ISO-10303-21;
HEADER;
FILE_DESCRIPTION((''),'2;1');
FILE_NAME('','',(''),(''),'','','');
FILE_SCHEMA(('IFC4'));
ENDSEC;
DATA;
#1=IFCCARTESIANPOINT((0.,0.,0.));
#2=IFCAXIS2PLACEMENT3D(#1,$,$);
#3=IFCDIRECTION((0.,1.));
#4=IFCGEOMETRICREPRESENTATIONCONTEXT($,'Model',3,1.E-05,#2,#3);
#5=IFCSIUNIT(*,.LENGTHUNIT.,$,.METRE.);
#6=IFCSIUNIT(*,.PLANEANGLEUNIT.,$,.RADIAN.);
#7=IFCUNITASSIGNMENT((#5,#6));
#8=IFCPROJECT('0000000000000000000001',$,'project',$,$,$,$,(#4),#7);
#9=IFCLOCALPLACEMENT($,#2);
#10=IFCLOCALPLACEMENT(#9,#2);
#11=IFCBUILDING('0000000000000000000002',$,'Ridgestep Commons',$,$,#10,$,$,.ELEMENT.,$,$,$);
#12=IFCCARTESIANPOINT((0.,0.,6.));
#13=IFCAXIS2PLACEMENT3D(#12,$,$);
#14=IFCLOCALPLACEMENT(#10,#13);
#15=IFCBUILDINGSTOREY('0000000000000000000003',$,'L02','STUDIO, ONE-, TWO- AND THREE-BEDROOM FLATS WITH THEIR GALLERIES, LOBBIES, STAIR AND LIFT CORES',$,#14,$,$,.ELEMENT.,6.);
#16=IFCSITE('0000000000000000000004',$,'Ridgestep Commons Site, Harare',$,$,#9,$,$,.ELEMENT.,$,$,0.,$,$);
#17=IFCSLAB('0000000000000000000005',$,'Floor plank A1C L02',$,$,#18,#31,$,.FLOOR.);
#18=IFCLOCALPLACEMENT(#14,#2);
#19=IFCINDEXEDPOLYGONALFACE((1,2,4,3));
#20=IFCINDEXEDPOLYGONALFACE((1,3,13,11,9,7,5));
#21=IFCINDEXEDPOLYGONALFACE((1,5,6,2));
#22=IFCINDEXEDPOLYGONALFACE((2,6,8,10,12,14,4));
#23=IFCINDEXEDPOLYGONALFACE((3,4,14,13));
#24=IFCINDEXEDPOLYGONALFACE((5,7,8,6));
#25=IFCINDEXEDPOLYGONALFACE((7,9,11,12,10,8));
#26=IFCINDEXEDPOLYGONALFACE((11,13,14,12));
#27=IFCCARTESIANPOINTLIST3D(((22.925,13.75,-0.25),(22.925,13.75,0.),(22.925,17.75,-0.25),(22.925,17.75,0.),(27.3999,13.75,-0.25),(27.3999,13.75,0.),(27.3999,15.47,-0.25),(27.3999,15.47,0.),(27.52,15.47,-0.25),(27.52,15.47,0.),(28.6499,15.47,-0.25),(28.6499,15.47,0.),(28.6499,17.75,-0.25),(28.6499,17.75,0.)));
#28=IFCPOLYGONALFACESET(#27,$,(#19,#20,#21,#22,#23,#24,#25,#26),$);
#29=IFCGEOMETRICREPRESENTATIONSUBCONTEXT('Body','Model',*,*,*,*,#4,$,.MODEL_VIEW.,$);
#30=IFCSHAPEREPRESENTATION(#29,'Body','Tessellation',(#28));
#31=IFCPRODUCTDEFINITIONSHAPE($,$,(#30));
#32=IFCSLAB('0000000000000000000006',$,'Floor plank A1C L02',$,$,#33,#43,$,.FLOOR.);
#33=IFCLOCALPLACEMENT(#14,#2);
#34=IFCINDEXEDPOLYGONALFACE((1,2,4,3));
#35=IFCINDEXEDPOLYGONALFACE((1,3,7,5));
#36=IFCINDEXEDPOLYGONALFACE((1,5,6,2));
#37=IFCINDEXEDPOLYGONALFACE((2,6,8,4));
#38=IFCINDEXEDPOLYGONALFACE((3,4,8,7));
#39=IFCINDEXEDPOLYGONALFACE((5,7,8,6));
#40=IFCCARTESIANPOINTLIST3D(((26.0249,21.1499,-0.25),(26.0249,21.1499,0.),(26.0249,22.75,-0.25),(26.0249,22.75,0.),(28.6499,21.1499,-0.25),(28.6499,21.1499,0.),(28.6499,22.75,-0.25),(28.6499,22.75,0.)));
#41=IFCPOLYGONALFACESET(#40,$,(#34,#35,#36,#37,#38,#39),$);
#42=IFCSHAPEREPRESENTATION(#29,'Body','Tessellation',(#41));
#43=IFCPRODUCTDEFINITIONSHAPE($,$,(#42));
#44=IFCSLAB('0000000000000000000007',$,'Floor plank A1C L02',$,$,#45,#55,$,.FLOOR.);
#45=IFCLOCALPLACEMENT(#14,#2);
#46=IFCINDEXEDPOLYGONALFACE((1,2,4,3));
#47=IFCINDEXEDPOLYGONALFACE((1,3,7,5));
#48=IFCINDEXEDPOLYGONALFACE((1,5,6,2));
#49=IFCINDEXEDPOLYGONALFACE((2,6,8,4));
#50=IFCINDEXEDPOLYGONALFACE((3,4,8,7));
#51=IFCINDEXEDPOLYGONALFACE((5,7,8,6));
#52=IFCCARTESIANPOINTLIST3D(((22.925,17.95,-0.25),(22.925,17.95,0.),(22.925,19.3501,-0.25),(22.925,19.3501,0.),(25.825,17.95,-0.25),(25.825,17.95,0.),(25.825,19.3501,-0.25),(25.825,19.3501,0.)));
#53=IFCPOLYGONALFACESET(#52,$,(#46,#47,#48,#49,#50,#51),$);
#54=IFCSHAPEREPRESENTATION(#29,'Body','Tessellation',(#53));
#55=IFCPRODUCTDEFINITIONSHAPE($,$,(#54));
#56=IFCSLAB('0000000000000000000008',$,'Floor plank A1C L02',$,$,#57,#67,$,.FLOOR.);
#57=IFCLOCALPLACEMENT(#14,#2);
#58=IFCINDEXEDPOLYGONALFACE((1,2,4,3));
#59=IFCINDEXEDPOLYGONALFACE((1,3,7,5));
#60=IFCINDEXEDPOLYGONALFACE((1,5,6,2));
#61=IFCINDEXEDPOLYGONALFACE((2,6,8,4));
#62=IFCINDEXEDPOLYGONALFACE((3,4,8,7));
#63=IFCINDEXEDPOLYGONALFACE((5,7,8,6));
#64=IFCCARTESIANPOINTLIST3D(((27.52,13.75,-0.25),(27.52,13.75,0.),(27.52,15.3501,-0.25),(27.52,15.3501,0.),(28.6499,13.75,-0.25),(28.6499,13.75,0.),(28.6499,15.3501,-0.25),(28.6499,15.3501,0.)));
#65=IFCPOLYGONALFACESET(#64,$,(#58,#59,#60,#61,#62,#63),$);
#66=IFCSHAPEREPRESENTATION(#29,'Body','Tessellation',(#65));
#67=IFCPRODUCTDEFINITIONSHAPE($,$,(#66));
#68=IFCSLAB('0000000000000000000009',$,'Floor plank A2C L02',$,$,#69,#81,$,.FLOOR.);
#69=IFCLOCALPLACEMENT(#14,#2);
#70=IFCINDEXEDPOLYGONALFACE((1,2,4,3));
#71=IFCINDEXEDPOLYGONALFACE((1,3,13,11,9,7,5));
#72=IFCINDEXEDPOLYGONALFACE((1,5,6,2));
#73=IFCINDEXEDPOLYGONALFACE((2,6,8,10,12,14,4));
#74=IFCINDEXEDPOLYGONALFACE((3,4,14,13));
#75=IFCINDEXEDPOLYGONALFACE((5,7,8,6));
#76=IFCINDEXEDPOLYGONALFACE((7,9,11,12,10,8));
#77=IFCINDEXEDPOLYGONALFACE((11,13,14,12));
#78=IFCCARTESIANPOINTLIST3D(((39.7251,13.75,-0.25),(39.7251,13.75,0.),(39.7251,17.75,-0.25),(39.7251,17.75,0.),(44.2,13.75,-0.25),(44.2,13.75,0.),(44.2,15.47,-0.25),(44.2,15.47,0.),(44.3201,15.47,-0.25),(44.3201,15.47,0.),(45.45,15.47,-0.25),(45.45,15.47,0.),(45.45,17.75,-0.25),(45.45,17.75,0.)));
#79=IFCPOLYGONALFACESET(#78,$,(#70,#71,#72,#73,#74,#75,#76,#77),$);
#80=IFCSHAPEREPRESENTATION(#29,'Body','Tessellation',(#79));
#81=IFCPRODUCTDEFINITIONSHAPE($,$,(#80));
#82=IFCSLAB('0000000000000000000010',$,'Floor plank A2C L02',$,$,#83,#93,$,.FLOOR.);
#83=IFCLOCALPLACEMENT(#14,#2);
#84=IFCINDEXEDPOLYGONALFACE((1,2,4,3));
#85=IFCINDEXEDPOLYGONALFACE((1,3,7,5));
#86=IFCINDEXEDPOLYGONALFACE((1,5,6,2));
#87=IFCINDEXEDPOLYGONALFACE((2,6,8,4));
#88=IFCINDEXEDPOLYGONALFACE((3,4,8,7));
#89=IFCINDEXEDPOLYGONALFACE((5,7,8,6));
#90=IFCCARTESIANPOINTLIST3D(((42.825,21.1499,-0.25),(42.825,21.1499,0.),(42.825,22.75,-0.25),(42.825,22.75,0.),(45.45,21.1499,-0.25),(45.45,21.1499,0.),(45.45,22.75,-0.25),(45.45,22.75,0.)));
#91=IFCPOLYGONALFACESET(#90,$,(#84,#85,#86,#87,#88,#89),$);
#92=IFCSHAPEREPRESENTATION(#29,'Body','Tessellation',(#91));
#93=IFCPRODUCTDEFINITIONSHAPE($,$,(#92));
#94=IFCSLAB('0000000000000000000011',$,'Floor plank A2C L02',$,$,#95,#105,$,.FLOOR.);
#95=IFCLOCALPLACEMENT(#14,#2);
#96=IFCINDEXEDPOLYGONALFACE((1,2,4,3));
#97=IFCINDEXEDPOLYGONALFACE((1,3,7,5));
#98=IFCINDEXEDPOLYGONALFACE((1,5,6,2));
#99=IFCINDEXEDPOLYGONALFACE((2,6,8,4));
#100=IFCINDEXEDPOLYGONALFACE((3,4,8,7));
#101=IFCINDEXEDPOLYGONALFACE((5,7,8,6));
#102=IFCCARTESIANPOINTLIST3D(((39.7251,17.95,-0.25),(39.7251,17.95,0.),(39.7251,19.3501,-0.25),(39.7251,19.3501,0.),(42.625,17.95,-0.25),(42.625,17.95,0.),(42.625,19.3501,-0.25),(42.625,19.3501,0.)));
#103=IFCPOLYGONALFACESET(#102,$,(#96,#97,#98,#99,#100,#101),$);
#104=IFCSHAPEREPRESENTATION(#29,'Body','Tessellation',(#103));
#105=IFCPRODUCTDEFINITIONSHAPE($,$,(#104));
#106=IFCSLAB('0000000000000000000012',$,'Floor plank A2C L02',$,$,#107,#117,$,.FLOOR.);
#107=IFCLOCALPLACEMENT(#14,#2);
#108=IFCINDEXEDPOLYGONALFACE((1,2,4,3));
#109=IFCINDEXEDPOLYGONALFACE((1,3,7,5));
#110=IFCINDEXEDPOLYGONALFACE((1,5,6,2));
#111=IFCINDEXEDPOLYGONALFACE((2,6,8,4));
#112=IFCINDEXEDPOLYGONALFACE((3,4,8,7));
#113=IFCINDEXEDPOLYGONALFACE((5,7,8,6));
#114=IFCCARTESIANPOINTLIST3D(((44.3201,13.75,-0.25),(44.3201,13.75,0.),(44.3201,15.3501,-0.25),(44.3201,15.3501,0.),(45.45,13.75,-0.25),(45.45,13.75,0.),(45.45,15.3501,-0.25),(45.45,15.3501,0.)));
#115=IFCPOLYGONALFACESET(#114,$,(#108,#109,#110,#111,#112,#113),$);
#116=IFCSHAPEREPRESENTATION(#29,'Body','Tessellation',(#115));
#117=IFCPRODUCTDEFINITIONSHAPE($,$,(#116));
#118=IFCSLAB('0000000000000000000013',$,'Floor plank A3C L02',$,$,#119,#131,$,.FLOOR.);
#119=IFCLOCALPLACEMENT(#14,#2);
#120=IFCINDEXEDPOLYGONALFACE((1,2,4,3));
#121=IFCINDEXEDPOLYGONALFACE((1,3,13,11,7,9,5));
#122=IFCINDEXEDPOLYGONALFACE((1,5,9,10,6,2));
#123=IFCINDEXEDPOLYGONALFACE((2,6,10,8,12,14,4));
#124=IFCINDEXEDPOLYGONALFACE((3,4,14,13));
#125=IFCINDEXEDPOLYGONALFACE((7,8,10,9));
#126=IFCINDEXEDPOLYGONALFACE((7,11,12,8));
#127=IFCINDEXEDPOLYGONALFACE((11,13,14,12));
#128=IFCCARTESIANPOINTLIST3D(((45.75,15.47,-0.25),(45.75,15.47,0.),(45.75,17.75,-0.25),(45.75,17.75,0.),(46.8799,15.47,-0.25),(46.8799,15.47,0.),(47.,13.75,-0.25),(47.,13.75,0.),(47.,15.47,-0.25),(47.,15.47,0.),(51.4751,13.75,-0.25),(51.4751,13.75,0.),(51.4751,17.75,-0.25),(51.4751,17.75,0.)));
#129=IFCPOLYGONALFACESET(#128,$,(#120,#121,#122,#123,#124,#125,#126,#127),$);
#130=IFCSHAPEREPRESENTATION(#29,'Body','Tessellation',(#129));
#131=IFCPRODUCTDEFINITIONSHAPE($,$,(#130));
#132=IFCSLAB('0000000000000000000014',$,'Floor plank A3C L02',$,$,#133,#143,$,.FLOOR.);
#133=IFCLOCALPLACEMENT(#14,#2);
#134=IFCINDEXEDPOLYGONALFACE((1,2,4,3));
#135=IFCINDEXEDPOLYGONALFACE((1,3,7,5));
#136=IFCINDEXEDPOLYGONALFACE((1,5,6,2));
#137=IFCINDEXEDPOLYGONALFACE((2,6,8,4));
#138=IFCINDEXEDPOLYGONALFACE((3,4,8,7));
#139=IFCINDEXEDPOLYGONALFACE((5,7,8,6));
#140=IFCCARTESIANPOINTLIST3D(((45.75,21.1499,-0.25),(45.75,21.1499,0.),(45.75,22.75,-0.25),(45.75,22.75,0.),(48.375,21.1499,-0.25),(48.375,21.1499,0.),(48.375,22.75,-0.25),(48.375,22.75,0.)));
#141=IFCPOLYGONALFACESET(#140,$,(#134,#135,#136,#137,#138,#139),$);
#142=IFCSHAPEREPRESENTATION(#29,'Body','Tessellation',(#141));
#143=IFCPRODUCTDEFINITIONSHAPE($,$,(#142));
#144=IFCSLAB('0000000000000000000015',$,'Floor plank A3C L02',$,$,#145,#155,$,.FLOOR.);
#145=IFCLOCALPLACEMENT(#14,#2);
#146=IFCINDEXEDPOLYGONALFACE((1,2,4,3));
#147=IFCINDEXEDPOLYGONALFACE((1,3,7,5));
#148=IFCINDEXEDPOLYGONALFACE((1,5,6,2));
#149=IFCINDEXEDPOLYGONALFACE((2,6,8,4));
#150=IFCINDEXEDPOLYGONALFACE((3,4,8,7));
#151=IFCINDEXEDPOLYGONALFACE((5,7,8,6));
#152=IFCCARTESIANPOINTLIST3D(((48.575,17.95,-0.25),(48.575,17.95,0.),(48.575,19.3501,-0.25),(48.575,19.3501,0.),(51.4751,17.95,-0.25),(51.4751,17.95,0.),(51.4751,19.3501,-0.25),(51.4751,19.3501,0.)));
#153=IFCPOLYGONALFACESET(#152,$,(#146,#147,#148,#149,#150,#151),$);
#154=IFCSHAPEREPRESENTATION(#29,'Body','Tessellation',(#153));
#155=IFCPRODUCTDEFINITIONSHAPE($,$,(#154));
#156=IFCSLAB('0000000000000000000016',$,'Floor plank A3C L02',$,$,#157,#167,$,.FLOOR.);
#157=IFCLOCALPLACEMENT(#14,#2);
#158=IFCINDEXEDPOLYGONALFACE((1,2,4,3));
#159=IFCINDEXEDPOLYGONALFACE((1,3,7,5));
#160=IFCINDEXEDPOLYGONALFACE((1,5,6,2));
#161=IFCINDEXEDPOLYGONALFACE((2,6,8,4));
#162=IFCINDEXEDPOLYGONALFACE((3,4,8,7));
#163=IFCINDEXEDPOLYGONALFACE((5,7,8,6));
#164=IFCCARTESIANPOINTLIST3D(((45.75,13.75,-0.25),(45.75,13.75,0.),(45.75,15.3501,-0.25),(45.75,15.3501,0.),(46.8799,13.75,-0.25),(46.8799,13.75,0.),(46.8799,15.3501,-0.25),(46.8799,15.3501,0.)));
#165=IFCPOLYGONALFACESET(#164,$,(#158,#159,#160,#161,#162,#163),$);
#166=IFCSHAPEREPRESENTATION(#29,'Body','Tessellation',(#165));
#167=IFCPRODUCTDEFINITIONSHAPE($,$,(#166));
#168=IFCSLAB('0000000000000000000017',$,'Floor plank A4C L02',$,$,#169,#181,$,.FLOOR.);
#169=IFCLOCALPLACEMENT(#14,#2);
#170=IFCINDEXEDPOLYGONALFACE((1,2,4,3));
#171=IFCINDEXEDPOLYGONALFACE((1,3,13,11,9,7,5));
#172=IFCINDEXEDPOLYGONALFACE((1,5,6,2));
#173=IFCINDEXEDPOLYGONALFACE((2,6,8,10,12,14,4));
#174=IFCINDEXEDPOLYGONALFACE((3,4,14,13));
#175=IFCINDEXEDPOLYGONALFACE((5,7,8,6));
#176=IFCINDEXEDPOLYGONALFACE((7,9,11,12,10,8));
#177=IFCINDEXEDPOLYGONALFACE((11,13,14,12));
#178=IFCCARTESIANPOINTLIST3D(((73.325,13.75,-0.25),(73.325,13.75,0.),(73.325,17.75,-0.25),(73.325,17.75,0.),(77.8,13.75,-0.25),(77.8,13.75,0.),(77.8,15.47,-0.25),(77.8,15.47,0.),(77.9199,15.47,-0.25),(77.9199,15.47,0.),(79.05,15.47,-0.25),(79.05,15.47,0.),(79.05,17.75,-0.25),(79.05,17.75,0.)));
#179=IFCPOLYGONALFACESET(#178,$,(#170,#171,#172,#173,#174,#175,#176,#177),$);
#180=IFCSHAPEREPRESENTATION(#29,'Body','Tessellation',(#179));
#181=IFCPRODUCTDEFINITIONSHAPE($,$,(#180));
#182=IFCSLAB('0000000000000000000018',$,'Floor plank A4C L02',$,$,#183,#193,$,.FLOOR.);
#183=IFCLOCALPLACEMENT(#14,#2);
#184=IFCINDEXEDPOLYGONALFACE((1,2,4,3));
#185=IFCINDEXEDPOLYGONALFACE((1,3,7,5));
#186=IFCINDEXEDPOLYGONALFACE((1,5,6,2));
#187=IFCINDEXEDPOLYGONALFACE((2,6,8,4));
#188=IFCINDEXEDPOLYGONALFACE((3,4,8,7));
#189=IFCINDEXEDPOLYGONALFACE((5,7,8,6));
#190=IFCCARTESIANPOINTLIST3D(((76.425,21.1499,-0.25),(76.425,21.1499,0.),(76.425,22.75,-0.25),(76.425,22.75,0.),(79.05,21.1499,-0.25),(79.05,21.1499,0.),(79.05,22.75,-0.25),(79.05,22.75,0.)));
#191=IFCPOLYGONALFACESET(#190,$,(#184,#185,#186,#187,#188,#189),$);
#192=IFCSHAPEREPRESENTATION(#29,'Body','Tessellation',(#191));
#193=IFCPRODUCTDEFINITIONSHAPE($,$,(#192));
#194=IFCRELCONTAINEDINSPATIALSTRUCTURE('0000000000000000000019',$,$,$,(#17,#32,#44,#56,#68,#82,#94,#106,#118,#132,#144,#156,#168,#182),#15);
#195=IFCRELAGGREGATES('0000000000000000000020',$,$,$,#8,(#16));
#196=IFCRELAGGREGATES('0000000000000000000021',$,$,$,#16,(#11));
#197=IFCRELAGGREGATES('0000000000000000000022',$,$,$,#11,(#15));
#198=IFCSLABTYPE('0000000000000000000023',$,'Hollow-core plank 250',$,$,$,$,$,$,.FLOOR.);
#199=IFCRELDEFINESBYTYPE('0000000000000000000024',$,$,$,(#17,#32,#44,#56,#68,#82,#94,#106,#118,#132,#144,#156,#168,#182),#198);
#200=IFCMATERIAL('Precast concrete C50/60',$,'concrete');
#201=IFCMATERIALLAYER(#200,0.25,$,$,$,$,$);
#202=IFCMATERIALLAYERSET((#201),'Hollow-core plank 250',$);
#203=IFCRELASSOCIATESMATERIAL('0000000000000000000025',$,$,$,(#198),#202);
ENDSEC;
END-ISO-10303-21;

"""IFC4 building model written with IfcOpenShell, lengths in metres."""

from ifc_helpers import new_model, si_unit, direction, frame, origin, place, context, subcontext, project, spatial, polyline, outline, extrude, material, layer, layer_set, type_object, element, save


model = new_model("IFC4")

# Units and contexts
model_context = context("Model", 3, precision=1e-05, world=origin(), true_north=direction((0.0, 1.0)))
body_context = subcontext(model_context, "Body", "Model", "MODEL_VIEW")
ifc_project = project(units=[si_unit("LENGTHUNIT", "METRE"), si_unit("PLANEANGLEUNIT", "RADIAN")], contexts=[model_context])

# Site, building, storey
site_placement = place(None, origin())
site = spatial("IfcSite", under=ifc_project, at=site_placement, Name="Ridgestep Commons Site, Harare", CompositionType="ELEMENT", RefElevation=0.0)
building_placement = place(site_placement, origin())
building = spatial("IfcBuilding", under=site, at=building_placement, Name="Ridgestep Commons", CompositionType="ELEMENT")
storey_placement = place(building_placement, frame((0.0, 0.0, 6.0)))
storey = spatial("IfcBuildingStorey", under=building, at=storey_placement, Name="L02", Description="STUDIO, ONE-, TWO- AND THREE-BEDROOM FLATS WITH THEIR GALLERIES, LOBBIES, STAIR AND LIFT CORES", CompositionType="ELEMENT", Elevation=6.0)

# Slabs
ifc_material = material(Name="Precast concrete C50/60", Category="concrete")
ifc_layer = layer(ifc_material, 0.25)
ifc_layer_set = layer_set([ifc_layer], Name="Hollow-core plank 250")
slab_type = type_object("IfcSlabType", Name="Hollow-core plank 250", PredefinedType="FLOOR", material=ifc_layer_set)
slab_1_placement = place(storey_placement, frame((0.0, 0.0, -0.25)))
element("IfcSlab", 1, at=slab_1_placement, inside=storey, type_object=slab_type, Name="Floor plank A1C L02", PredefinedType="FLOOR", context=body_context, shape_type="SweptSolid", body=[
    extrude(outline(polyline([(27.52, 15.47), (28.6499, 15.47), (28.6499, 17.75), (22.925, 17.75), (22.925, 13.75), (27.3999, 13.75), (27.3999, 15.47), (27.52, 15.47)])), origin(), (0.0, 0.0, 1.0), 0.25),
])
slab_2_placement = place(storey_placement, frame((0.0, 0.0, -0.25)))
element("IfcSlab", 2, at=slab_2_placement, inside=storey, type_object=slab_type, Name="Floor plank A1C L02", PredefinedType="FLOOR", context=body_context, shape_type="SweptSolid", body=[
    extrude(outline(polyline([(28.6499, 21.1499), (28.6499, 22.75), (26.0249, 22.75), (26.0249, 21.1499), (28.6499, 21.1499)])), origin(), (0.0, 0.0, 1.0), 0.25),
])
slab_3_placement = place(storey_placement, frame((0.0, 0.0, -0.25)))
element("IfcSlab", 3, at=slab_3_placement, inside=storey, type_object=slab_type, Name="Floor plank A1C L02", PredefinedType="FLOOR", context=body_context, shape_type="SweptSolid", body=[
    extrude(outline(polyline([(25.825, 17.95), (25.825, 19.3501), (22.925, 19.3501), (22.925, 17.95), (25.825, 17.95)])), origin(), (0.0, 0.0, 1.0), 0.25),
])
slab_4_placement = place(storey_placement, frame((0.0, 0.0, -0.25)))
element("IfcSlab", 4, at=slab_4_placement, inside=storey, type_object=slab_type, Name="Floor plank A1C L02", PredefinedType="FLOOR", context=body_context, shape_type="SweptSolid", body=[
    extrude(outline(polyline([(27.52, 13.75), (28.6499, 13.75), (28.6499, 15.3501), (27.52, 15.3501), (27.52, 13.75)])), origin(), (0.0, 0.0, 1.0), 0.25),
])
slab_5_placement = place(storey_placement, frame((0.0, 0.0, -0.25)))
element("IfcSlab", 5, at=slab_5_placement, inside=storey, type_object=slab_type, Name="Floor plank A2C L02", PredefinedType="FLOOR", context=body_context, shape_type="SweptSolid", body=[
    extrude(outline(polyline([(44.3201, 15.47), (45.45, 15.47), (45.45, 17.75), (39.7251, 17.75), (39.7251, 13.75), (44.2, 13.75), (44.2, 15.47), (44.3201, 15.47)])), origin(), (0.0, 0.0, 1.0), 0.25),
])
slab_6_placement = place(storey_placement, frame((0.0, 0.0, -0.25)))
element("IfcSlab", 6, at=slab_6_placement, inside=storey, type_object=slab_type, Name="Floor plank A2C L02", PredefinedType="FLOOR", context=body_context, shape_type="SweptSolid", body=[
    extrude(outline(polyline([(45.45, 21.1499), (45.45, 22.75), (42.825, 22.75), (42.825, 21.1499), (45.45, 21.1499)])), origin(), (0.0, 0.0, 1.0), 0.25),
])
slab_7_placement = place(storey_placement, frame((0.0, 0.0, -0.25)))
element("IfcSlab", 7, at=slab_7_placement, inside=storey, type_object=slab_type, Name="Floor plank A2C L02", PredefinedType="FLOOR", context=body_context, shape_type="SweptSolid", body=[
    extrude(outline(polyline([(42.625, 17.95), (42.625, 19.3501), (39.7251, 19.3501), (39.7251, 17.95), (42.625, 17.95)])), origin(), (0.0, 0.0, 1.0), 0.25),
])
slab_8_placement = place(storey_placement, frame((0.0, 0.0, -0.25)))
element("IfcSlab", 8, at=slab_8_placement, inside=storey, type_object=slab_type, Name="Floor plank A2C L02", PredefinedType="FLOOR", context=body_context, shape_type="SweptSolid", body=[
    extrude(outline(polyline([(44.3201, 13.75), (45.45, 13.75), (45.45, 15.3501), (44.3201, 15.3501), (44.3201, 13.75)])), origin(), (0.0, 0.0, 1.0), 0.25),
])
slab_9_placement = place(storey_placement, frame((0.0, 0.0, -0.25)))
element("IfcSlab", 9, at=slab_9_placement, inside=storey, type_object=slab_type, Name="Floor plank A3C L02", PredefinedType="FLOOR", context=body_context, shape_type="SweptSolid", body=[
    extrude(outline(polyline([(47.0, 13.75), (51.4751, 13.75), (51.4751, 17.75), (45.75, 17.75), (45.75, 15.47), (46.8799, 15.47), (47.0, 15.47), (47.0, 13.75)])), origin(), (0.0, 0.0, 1.0), 0.25),
])
slab_10_placement = place(storey_placement, frame((0.0, 0.0, -0.25)))
element("IfcSlab", 10, at=slab_10_placement, inside=storey, type_object=slab_type, Name="Floor plank A3C L02", PredefinedType="FLOOR", context=body_context, shape_type="SweptSolid", body=[
    extrude(outline(polyline([(48.375, 22.75), (45.75, 22.75), (45.75, 21.1499), (48.375, 21.1499), (48.375, 22.75)])), origin(), (0.0, 0.0, 1.0), 0.25),
])
slab_11_placement = place(storey_placement, frame((0.0, 0.0, -0.25)))
element("IfcSlab", 11, at=slab_11_placement, inside=storey, type_object=slab_type, Name="Floor plank A3C L02", PredefinedType="FLOOR", context=body_context, shape_type="SweptSolid", body=[
    extrude(outline(polyline([(51.4751, 17.95), (51.4751, 19.3501), (48.575, 19.3501), (48.575, 17.95), (51.4751, 17.95)])), origin(), (0.0, 0.0, 1.0), 0.25),
])
slab_12_placement = place(storey_placement, frame((0.0, 0.0, -0.25)))
element("IfcSlab", 12, at=slab_12_placement, inside=storey, type_object=slab_type, Name="Floor plank A3C L02", PredefinedType="FLOOR", context=body_context, shape_type="SweptSolid", body=[
    extrude(outline(polyline([(46.8799, 15.3501), (45.75, 15.3501), (45.75, 13.75), (46.8799, 13.75), (46.8799, 15.3501)])), origin(), (0.0, 0.0, 1.0), 0.25),
])
slab_13_placement = place(storey_placement, frame((0.0, 0.0, -0.25)))
element("IfcSlab", 13, at=slab_13_placement, inside=storey, type_object=slab_type, Name="Floor plank A4C L02", PredefinedType="FLOOR", context=body_context, shape_type="SweptSolid", body=[
    extrude(outline(polyline([(77.9199, 15.47), (79.05, 15.47), (79.05, 17.75), (73.325, 17.75), (73.325, 13.75), (77.8, 13.75), (77.8, 15.47), (77.9199, 15.47)])), origin(), (0.0, 0.0, 1.0), 0.25),
])
slab_14_placement = place(storey_placement, frame((0.0, 0.0, -0.25)))
element("IfcSlab", 14, at=slab_14_placement, inside=storey, type_object=slab_type, Name="Floor plank A4C L02", PredefinedType="FLOOR", context=body_context, shape_type="SweptSolid", body=[
    extrude(outline(polyline([(79.05, 21.1499), (79.05, 22.75), (76.425, 22.75), (76.425, 21.1499), (79.05, 21.1499)])), origin(), (0.0, 0.0, 1.0), 0.25),
])

save(model, "model.ifc")
